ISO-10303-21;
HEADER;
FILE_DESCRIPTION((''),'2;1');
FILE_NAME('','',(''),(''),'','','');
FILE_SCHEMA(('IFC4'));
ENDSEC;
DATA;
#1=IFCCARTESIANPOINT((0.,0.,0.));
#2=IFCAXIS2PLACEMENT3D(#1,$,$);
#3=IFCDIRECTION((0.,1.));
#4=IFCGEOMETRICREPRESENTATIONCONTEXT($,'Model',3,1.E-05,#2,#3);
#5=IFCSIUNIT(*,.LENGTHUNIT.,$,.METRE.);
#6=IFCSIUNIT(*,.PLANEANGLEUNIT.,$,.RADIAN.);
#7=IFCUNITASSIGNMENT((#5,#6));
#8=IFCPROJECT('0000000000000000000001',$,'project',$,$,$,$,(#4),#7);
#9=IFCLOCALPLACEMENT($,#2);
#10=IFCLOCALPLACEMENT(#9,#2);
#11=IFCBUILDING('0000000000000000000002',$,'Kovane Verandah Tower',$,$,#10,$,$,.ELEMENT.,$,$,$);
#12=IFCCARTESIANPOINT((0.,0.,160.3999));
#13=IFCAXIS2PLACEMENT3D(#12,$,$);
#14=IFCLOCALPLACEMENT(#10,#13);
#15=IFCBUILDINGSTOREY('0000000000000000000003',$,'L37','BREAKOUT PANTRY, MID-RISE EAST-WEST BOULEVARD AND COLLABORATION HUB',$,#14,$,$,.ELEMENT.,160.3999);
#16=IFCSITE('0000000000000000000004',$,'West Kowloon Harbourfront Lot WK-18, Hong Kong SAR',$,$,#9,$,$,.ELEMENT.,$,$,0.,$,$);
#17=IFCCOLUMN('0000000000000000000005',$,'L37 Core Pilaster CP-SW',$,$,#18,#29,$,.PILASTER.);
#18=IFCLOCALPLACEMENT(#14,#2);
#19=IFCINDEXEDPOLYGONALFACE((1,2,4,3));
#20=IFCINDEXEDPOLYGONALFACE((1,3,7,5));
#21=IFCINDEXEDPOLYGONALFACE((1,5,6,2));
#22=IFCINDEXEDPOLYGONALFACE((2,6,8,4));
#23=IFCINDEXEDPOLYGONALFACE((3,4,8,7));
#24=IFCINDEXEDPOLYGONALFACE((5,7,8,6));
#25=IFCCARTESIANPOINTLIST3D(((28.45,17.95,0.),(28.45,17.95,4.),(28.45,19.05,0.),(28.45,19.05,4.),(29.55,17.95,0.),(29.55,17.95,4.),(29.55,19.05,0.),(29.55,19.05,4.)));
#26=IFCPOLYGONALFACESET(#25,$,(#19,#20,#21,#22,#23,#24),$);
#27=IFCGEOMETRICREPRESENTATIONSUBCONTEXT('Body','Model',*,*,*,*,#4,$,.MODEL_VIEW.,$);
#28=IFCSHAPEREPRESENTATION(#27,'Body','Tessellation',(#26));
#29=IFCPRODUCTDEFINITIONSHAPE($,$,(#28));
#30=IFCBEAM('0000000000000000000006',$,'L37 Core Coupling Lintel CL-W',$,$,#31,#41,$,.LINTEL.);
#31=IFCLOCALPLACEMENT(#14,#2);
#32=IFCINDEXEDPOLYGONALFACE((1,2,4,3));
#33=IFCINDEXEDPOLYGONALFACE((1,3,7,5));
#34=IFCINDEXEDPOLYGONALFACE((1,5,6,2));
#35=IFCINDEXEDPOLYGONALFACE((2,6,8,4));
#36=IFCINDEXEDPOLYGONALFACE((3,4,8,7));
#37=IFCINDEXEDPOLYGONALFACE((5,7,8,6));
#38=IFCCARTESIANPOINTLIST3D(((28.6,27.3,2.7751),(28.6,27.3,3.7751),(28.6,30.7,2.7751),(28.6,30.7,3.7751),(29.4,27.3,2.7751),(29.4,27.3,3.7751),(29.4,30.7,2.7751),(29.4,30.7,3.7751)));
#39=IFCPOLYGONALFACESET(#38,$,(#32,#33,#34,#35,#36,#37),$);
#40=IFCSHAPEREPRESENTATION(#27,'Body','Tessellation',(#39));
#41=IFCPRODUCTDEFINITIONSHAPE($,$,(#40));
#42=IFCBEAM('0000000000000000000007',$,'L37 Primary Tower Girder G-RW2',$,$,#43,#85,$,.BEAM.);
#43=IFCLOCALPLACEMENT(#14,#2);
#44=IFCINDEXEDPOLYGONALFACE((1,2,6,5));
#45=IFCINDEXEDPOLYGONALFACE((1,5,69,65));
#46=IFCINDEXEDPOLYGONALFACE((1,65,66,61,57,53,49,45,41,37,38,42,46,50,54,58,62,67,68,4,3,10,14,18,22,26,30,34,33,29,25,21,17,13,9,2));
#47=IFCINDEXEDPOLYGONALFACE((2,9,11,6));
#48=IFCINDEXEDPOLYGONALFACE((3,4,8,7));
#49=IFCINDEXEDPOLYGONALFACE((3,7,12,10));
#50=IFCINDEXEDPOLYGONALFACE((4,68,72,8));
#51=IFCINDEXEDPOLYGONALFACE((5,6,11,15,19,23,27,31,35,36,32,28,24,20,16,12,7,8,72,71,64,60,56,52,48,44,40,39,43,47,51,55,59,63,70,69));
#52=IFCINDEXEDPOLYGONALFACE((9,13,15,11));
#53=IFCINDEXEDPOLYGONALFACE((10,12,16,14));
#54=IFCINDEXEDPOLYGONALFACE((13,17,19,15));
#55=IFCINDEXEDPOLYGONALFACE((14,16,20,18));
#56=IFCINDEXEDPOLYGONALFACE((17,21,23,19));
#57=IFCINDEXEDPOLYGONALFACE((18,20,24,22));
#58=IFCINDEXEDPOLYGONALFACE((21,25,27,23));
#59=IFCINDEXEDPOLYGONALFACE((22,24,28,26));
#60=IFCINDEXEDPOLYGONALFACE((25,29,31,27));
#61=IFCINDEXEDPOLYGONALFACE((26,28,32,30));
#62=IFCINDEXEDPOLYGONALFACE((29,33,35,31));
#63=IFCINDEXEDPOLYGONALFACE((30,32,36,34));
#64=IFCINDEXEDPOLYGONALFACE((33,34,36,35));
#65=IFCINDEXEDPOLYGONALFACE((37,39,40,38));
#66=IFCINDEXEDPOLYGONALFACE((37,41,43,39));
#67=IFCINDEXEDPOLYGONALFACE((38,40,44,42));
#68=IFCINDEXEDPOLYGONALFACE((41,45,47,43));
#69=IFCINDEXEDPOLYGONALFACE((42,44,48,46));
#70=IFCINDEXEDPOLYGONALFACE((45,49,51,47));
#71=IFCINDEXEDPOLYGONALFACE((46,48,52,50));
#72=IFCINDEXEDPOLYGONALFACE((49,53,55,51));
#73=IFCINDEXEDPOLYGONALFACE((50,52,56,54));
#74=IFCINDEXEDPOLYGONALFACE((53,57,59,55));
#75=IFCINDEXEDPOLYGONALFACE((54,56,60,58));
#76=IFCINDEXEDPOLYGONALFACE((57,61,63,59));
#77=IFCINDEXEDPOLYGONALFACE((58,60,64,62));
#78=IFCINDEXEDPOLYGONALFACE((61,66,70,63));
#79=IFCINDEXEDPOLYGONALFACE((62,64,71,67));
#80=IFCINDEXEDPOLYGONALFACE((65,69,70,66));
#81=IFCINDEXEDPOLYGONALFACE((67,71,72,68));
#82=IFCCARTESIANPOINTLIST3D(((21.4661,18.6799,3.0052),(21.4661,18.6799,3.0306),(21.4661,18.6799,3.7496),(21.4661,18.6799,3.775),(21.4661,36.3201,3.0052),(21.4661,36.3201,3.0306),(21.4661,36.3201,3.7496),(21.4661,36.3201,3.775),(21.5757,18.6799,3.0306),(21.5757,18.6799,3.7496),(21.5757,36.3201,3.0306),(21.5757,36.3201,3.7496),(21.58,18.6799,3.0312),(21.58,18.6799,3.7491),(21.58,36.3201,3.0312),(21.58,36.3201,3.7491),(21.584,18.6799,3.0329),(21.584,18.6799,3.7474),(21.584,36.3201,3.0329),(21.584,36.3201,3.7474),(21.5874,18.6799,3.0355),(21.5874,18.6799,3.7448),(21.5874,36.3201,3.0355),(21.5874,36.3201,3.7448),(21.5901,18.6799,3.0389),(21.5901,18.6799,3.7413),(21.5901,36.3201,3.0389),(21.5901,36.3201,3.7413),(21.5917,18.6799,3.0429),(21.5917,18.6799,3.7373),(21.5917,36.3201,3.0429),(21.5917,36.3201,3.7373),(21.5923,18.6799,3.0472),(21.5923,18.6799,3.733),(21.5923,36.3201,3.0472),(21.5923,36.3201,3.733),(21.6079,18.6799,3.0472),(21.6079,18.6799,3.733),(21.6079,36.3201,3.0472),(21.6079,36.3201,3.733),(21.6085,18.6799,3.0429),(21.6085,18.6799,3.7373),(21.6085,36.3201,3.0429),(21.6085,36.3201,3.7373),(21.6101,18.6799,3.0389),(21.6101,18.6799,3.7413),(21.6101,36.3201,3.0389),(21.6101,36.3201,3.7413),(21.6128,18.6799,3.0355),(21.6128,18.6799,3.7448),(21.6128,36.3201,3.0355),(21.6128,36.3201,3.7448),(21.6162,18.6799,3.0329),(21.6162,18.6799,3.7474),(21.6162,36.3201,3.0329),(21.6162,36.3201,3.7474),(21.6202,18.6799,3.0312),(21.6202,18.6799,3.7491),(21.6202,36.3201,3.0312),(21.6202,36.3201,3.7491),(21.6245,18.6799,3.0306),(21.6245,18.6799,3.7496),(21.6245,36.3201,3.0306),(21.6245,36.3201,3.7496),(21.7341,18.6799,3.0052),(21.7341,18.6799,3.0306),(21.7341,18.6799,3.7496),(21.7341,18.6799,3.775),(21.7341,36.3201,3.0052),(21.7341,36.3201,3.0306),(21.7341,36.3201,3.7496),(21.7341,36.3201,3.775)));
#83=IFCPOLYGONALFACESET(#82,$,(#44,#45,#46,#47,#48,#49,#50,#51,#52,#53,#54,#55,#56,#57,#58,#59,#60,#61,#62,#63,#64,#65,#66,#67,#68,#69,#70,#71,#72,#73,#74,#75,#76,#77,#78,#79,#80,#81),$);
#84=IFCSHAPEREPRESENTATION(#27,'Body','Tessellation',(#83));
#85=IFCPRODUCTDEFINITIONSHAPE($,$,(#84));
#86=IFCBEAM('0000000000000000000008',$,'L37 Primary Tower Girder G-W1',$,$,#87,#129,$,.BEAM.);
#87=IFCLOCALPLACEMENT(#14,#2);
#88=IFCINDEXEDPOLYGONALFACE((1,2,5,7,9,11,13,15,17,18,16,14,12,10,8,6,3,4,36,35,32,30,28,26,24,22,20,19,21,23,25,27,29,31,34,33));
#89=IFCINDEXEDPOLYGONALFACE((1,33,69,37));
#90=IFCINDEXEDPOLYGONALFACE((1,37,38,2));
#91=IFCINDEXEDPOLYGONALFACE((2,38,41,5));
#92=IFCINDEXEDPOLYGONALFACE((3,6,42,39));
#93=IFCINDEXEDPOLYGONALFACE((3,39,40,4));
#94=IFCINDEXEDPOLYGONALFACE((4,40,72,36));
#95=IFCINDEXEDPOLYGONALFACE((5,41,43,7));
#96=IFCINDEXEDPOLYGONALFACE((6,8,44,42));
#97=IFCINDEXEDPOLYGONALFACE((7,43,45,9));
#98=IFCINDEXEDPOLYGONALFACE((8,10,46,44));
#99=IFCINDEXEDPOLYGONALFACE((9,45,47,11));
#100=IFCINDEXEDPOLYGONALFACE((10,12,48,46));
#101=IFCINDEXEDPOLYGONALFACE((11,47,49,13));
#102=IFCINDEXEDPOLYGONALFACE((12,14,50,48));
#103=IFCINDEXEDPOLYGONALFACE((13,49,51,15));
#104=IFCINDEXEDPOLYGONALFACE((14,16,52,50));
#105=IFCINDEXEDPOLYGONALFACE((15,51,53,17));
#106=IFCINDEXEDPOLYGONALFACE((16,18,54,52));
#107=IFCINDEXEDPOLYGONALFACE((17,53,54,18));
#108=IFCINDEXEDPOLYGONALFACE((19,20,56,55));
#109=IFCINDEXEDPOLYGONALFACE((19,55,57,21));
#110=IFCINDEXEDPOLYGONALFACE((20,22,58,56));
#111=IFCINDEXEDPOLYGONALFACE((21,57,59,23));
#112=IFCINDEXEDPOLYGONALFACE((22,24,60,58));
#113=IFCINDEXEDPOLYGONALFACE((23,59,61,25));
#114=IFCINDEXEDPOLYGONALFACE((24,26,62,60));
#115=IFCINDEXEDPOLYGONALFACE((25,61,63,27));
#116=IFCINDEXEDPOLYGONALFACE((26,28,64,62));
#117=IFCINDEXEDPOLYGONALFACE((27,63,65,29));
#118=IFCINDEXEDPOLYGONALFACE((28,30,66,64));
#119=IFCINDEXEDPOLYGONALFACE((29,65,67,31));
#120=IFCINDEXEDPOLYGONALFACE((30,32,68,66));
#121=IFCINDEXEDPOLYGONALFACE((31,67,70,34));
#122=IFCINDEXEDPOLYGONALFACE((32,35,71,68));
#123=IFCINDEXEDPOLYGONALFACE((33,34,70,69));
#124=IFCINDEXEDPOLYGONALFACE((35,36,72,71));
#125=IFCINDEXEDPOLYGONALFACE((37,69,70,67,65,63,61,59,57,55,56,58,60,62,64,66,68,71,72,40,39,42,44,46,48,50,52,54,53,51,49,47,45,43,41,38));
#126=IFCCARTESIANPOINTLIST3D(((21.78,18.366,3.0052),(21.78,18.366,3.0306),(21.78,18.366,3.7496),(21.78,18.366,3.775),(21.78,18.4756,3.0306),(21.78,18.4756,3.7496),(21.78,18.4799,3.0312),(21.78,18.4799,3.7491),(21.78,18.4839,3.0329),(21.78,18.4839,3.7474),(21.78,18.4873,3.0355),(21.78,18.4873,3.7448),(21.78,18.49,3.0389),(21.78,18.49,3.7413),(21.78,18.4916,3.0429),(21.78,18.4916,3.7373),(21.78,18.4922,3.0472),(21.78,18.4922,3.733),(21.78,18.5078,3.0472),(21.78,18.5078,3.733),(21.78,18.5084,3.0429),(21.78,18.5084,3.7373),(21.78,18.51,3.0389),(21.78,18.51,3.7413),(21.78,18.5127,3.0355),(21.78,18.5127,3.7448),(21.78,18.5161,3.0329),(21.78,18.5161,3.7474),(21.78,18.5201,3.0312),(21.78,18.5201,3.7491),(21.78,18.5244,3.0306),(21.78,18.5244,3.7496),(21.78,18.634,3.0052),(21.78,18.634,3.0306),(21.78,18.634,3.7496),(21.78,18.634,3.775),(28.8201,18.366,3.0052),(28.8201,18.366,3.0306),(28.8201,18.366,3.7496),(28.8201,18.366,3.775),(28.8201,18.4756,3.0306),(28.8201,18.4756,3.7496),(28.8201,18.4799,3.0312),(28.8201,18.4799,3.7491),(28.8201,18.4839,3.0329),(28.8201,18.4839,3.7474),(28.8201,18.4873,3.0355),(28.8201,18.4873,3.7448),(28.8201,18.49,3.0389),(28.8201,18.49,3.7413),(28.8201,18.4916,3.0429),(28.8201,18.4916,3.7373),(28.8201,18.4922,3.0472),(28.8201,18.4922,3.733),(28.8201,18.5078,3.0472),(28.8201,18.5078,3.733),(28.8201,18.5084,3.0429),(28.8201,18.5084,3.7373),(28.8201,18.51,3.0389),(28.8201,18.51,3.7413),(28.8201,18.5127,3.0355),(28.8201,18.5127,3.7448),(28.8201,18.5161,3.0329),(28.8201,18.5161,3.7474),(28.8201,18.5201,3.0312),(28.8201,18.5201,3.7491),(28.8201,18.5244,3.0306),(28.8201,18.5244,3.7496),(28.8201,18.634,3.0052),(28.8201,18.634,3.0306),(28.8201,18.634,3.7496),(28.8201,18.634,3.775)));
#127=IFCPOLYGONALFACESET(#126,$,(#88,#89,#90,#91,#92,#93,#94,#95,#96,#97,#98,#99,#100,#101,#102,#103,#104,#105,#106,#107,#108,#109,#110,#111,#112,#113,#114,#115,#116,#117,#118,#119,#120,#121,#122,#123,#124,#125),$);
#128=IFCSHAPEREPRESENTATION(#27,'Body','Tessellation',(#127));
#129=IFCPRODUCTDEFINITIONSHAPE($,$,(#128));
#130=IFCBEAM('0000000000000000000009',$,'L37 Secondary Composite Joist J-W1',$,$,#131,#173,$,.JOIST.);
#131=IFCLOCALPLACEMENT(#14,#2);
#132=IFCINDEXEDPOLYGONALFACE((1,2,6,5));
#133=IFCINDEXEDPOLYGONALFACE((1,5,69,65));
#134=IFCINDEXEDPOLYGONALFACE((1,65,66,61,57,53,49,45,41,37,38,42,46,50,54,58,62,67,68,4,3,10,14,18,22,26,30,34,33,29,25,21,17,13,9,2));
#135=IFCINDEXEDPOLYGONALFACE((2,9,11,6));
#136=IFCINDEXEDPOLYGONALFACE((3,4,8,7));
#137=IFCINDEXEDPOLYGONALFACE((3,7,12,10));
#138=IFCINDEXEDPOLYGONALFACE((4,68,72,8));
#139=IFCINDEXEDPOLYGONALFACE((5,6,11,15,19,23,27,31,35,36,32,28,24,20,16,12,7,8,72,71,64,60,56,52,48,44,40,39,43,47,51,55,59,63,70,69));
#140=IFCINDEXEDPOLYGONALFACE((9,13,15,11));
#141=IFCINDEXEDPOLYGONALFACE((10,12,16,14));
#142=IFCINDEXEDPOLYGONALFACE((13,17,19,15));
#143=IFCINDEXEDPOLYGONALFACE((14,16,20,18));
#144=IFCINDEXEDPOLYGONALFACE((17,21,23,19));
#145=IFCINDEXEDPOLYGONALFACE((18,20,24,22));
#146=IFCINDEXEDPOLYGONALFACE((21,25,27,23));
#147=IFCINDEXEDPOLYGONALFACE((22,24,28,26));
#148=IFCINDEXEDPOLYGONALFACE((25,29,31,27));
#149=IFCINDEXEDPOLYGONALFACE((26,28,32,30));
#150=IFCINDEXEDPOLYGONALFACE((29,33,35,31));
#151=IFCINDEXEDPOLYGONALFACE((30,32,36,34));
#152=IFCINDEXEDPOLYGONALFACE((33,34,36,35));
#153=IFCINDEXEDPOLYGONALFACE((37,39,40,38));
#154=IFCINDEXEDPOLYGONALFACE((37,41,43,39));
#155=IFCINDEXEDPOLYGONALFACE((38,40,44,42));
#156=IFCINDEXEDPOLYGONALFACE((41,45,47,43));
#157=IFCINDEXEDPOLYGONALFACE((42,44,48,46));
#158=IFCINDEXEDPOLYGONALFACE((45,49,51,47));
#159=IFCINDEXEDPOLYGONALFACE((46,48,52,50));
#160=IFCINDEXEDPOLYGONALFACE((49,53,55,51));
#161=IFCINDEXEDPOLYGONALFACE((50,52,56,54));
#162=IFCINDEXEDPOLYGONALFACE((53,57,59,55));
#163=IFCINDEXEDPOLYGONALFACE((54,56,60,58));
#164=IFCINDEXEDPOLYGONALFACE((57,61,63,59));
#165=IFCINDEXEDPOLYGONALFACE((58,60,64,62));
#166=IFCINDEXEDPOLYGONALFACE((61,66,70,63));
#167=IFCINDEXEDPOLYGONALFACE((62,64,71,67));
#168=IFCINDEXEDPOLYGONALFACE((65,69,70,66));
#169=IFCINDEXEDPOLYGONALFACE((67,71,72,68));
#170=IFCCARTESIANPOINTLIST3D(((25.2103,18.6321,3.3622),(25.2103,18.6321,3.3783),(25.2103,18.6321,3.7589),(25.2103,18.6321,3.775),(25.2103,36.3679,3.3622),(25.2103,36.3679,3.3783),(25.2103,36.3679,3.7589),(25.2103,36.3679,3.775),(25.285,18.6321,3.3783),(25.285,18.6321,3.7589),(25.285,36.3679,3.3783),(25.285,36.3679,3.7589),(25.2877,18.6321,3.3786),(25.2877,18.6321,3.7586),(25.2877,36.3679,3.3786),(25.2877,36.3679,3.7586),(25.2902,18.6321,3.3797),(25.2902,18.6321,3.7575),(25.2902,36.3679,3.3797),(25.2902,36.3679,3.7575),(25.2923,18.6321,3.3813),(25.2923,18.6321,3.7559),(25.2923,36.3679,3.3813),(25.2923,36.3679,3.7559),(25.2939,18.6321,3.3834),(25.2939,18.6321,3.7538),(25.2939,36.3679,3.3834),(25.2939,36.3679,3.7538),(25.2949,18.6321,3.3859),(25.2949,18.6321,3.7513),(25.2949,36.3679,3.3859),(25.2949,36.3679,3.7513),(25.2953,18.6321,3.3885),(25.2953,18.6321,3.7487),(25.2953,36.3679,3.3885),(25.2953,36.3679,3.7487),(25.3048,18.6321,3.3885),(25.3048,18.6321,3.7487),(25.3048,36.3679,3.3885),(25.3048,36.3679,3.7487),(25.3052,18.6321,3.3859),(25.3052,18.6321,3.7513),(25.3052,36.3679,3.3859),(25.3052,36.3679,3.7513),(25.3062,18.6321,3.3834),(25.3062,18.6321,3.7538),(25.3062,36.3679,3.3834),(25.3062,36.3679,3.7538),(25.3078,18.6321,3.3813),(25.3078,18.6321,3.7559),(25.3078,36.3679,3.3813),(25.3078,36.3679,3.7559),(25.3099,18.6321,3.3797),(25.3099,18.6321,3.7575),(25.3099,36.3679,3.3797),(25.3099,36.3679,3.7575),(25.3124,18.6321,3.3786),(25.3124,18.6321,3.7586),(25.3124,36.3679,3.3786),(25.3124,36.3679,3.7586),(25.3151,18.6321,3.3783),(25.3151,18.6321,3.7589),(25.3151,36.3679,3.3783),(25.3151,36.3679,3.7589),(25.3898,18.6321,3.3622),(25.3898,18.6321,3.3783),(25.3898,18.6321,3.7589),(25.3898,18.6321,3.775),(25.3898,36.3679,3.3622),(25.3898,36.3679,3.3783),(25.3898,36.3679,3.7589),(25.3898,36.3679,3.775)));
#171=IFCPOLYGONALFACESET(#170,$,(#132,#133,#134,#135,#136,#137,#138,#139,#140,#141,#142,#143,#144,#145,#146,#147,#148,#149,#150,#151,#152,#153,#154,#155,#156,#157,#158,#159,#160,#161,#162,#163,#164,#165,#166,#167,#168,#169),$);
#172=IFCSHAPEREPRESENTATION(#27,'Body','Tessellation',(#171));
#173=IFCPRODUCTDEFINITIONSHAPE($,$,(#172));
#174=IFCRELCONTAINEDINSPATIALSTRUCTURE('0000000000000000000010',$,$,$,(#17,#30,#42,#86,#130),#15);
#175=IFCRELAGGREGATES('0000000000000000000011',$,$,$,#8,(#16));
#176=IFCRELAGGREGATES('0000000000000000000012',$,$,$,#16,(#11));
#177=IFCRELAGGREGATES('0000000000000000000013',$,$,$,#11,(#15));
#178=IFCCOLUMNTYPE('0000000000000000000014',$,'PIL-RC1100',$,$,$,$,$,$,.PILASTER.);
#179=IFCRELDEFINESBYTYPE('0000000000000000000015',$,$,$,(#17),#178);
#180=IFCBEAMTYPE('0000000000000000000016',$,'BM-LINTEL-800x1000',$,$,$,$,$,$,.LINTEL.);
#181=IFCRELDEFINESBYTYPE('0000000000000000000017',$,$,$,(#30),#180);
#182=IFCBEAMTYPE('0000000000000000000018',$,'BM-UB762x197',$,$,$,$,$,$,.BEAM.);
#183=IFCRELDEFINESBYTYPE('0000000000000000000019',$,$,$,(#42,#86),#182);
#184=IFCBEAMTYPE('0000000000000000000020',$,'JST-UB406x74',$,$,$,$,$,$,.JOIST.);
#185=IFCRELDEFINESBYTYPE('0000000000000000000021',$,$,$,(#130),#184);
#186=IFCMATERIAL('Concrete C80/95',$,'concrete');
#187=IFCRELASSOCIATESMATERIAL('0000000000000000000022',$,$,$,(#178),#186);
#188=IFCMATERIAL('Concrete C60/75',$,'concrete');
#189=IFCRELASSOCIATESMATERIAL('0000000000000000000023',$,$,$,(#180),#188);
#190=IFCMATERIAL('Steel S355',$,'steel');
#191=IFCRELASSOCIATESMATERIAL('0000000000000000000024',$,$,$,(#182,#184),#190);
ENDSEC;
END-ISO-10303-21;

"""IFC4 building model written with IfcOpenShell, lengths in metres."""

from ifc_helpers import new_model, si_unit, direction, frame, origin, origin_2d, place, context, subcontext, project, spatial, rectangle, i_section, extrude, material, material_profile, profile_set, type_object, element, save


model = new_model("IFC4")

# Units and contexts
model_context = context("Model", 3, precision=1e-05, world=origin(), true_north=direction((0.0, 1.0)))
body_context = subcontext(model_context, "Body", "Model", "MODEL_VIEW")
ifc_project = project(units=[si_unit("LENGTHUNIT", "METRE"), si_unit("PLANEANGLEUNIT", "RADIAN")], contexts=[model_context])

# Site, building, storey
site_placement = place(None, origin())
site = spatial("IfcSite", under=ifc_project, at=site_placement, Name="West Kowloon Harbourfront Lot WK-18, Hong Kong SAR", CompositionType="ELEMENT", RefElevation=0.0)
building_placement = place(site_placement, origin())
building = spatial("IfcBuilding", under=site, at=building_placement, Name="Kovane Verandah Tower", CompositionType="ELEMENT")
storey_placement = place(building_placement, frame((0.0, 0.0, 160.3999)))
storey = spatial("IfcBuildingStorey", under=building, at=storey_placement, Name="L37", Description="BREAKOUT PANTRY, MID-RISE EAST-WEST BOULEVARD AND COLLABORATION HUB", CompositionType="ELEMENT", Elevation=160.3999)

# Column
ifc_material_1 = material(Name="Concrete C80/95", Category="concrete")
ifc_material_profile_1 = material_profile(ifc_material_1, rectangle(XDim=1.1001, YDim=1.1001, at=origin_2d()), Name="RC1100x1100")
ifc_profile_set_1 = profile_set([ifc_material_profile_1], Name="Concrete C80/95")
column_type = type_object("IfcColumnType", Name="PIL-RC1100", PredefinedType="PILASTER", material=ifc_profile_set_1)
column_placement = place(storey_placement, frame((29.0, 18.5, 0.0), z_axis=(0.0, 0.0, 1.0), x_axis=(1.0, 0.0, 0.0)))
element("IfcColumn", 1, at=column_placement, inside=storey, type_object=column_type, Name="L37 Core Pilaster CP-SW", PredefinedType="PILASTER", context=body_context, shape_type="SweptSolid", body=[
    extrude(rectangle(XDim=1.1001, YDim=1.1001, at=origin_2d()), origin(), (0.0, 0.0, 1.0), 4.0),
])

# Beams
ifc_material_2 = material(Name="Concrete C60/75", Category="concrete")
ifc_material_profile_2 = material_profile(ifc_material_2, rectangle(XDim=0.8, YDim=1.0, at=origin_2d()), Name="RCB800x1000")
ifc_profile_set_2 = profile_set([ifc_material_profile_2], Name="Concrete C60/75")
beam_type_1 = type_object("IfcBeamType", Name="BM-LINTEL-800x1000", PredefinedType="LINTEL", material=ifc_profile_set_2)
beam_1_placement = place(storey_placement, frame((29.0, 27.3, 3.2751), z_axis=(0.0, 1.0, 0.0), x_axis=(-1.0, 0.0, 0.0)))
element("IfcBeam", 2, at=beam_1_placement, inside=storey, type_object=beam_type_1, Name="L37 Core Coupling Lintel CL-W", PredefinedType="LINTEL", context=body_context, shape_type="SweptSolid", body=[
    extrude(rectangle(XDim=0.8, YDim=1.0, at=origin_2d()), origin(), (0.0, 0.0, 1.0), 3.3999),
])
ifc_material_3 = material(Name="Steel S355", Category="steel")
ifc_material_profile_3 = material_profile(ifc_material_3, i_section(OverallWidth=0.2681, OverallDepth=0.7698, WebThickness=0.0156, FlangeThickness=0.0254, FilletRadius=0.0166, at=origin_2d()), Name="UB762x267x197")
ifc_profile_set_3 = profile_set([ifc_material_profile_3], Name="Steel S355")
beam_type_2 = type_object("IfcBeamType", Name="BM-UB762x197", PredefinedType="BEAM", material=ifc_profile_set_3)
beam_2_placement = place(storey_placement, frame((21.6001, 18.6799, 3.3901), z_axis=(0.0, 1.0, 0.0), x_axis=(-1.0, 0.0, 0.0)))
element("IfcBeam", 3, at=beam_2_placement, inside=storey, type_object=beam_type_2, Name="L37 Primary Tower Girder G-RW2", PredefinedType="BEAM", context=body_context, shape_type="SweptSolid", body=[
    extrude(i_section(OverallWidth=0.2681, OverallDepth=0.7698, WebThickness=0.0156, FlangeThickness=0.0254, FilletRadius=0.0166, at=origin_2d()), origin(), (0.0, 0.0, 1.0), 17.6401),
])
beam_3_placement = place(storey_placement, frame((28.8201, 18.5, 3.3901), z_axis=(-1.0, 0.0, 0.0), x_axis=(0.0, -1.0, 0.0)))
element("IfcBeam", 4, at=beam_3_placement, inside=storey, type_object=beam_type_2, Name="L37 Primary Tower Girder G-W1", PredefinedType="BEAM", context=body_context, shape_type="SweptSolid", body=[
    extrude(i_section(OverallWidth=0.2681, OverallDepth=0.7698, WebThickness=0.0156, FlangeThickness=0.0254, FilletRadius=0.0166, at=origin_2d()), origin(), (0.0, 0.0, 1.0), 7.04),
])
ifc_material_profile_4 = material_profile(ifc_material_3, i_section(OverallWidth=0.1794, OverallDepth=0.4128, WebThickness=0.0095, FlangeThickness=0.0161, FilletRadius=0.0103, at=origin_2d()), Name="UB406x178x74")
ifc_profile_set_4 = profile_set([ifc_material_profile_4], Name="Steel S355")
beam_type_3 = type_object("IfcBeamType", Name="JST-UB406x74", PredefinedType="JOIST", material=ifc_profile_set_4)
beam_4_placement = place(storey_placement, frame((25.3, 18.6321, 3.5686), z_axis=(0.0, 1.0, 0.0), x_axis=(-1.0, 0.0, 0.0)))
element("IfcBeam", 5, at=beam_4_placement, inside=storey, type_object=beam_type_3, Name="L37 Secondary Composite Joist J-W1", PredefinedType="JOIST", context=body_context, shape_type="SweptSolid", body=[
    extrude(i_section(OverallWidth=0.1794, OverallDepth=0.4128, WebThickness=0.0095, FlangeThickness=0.0161, FilletRadius=0.0103, at=origin_2d()), origin(), (0.0, 0.0, 1.0), 17.7358),
])

save(model, "model.ifc")
